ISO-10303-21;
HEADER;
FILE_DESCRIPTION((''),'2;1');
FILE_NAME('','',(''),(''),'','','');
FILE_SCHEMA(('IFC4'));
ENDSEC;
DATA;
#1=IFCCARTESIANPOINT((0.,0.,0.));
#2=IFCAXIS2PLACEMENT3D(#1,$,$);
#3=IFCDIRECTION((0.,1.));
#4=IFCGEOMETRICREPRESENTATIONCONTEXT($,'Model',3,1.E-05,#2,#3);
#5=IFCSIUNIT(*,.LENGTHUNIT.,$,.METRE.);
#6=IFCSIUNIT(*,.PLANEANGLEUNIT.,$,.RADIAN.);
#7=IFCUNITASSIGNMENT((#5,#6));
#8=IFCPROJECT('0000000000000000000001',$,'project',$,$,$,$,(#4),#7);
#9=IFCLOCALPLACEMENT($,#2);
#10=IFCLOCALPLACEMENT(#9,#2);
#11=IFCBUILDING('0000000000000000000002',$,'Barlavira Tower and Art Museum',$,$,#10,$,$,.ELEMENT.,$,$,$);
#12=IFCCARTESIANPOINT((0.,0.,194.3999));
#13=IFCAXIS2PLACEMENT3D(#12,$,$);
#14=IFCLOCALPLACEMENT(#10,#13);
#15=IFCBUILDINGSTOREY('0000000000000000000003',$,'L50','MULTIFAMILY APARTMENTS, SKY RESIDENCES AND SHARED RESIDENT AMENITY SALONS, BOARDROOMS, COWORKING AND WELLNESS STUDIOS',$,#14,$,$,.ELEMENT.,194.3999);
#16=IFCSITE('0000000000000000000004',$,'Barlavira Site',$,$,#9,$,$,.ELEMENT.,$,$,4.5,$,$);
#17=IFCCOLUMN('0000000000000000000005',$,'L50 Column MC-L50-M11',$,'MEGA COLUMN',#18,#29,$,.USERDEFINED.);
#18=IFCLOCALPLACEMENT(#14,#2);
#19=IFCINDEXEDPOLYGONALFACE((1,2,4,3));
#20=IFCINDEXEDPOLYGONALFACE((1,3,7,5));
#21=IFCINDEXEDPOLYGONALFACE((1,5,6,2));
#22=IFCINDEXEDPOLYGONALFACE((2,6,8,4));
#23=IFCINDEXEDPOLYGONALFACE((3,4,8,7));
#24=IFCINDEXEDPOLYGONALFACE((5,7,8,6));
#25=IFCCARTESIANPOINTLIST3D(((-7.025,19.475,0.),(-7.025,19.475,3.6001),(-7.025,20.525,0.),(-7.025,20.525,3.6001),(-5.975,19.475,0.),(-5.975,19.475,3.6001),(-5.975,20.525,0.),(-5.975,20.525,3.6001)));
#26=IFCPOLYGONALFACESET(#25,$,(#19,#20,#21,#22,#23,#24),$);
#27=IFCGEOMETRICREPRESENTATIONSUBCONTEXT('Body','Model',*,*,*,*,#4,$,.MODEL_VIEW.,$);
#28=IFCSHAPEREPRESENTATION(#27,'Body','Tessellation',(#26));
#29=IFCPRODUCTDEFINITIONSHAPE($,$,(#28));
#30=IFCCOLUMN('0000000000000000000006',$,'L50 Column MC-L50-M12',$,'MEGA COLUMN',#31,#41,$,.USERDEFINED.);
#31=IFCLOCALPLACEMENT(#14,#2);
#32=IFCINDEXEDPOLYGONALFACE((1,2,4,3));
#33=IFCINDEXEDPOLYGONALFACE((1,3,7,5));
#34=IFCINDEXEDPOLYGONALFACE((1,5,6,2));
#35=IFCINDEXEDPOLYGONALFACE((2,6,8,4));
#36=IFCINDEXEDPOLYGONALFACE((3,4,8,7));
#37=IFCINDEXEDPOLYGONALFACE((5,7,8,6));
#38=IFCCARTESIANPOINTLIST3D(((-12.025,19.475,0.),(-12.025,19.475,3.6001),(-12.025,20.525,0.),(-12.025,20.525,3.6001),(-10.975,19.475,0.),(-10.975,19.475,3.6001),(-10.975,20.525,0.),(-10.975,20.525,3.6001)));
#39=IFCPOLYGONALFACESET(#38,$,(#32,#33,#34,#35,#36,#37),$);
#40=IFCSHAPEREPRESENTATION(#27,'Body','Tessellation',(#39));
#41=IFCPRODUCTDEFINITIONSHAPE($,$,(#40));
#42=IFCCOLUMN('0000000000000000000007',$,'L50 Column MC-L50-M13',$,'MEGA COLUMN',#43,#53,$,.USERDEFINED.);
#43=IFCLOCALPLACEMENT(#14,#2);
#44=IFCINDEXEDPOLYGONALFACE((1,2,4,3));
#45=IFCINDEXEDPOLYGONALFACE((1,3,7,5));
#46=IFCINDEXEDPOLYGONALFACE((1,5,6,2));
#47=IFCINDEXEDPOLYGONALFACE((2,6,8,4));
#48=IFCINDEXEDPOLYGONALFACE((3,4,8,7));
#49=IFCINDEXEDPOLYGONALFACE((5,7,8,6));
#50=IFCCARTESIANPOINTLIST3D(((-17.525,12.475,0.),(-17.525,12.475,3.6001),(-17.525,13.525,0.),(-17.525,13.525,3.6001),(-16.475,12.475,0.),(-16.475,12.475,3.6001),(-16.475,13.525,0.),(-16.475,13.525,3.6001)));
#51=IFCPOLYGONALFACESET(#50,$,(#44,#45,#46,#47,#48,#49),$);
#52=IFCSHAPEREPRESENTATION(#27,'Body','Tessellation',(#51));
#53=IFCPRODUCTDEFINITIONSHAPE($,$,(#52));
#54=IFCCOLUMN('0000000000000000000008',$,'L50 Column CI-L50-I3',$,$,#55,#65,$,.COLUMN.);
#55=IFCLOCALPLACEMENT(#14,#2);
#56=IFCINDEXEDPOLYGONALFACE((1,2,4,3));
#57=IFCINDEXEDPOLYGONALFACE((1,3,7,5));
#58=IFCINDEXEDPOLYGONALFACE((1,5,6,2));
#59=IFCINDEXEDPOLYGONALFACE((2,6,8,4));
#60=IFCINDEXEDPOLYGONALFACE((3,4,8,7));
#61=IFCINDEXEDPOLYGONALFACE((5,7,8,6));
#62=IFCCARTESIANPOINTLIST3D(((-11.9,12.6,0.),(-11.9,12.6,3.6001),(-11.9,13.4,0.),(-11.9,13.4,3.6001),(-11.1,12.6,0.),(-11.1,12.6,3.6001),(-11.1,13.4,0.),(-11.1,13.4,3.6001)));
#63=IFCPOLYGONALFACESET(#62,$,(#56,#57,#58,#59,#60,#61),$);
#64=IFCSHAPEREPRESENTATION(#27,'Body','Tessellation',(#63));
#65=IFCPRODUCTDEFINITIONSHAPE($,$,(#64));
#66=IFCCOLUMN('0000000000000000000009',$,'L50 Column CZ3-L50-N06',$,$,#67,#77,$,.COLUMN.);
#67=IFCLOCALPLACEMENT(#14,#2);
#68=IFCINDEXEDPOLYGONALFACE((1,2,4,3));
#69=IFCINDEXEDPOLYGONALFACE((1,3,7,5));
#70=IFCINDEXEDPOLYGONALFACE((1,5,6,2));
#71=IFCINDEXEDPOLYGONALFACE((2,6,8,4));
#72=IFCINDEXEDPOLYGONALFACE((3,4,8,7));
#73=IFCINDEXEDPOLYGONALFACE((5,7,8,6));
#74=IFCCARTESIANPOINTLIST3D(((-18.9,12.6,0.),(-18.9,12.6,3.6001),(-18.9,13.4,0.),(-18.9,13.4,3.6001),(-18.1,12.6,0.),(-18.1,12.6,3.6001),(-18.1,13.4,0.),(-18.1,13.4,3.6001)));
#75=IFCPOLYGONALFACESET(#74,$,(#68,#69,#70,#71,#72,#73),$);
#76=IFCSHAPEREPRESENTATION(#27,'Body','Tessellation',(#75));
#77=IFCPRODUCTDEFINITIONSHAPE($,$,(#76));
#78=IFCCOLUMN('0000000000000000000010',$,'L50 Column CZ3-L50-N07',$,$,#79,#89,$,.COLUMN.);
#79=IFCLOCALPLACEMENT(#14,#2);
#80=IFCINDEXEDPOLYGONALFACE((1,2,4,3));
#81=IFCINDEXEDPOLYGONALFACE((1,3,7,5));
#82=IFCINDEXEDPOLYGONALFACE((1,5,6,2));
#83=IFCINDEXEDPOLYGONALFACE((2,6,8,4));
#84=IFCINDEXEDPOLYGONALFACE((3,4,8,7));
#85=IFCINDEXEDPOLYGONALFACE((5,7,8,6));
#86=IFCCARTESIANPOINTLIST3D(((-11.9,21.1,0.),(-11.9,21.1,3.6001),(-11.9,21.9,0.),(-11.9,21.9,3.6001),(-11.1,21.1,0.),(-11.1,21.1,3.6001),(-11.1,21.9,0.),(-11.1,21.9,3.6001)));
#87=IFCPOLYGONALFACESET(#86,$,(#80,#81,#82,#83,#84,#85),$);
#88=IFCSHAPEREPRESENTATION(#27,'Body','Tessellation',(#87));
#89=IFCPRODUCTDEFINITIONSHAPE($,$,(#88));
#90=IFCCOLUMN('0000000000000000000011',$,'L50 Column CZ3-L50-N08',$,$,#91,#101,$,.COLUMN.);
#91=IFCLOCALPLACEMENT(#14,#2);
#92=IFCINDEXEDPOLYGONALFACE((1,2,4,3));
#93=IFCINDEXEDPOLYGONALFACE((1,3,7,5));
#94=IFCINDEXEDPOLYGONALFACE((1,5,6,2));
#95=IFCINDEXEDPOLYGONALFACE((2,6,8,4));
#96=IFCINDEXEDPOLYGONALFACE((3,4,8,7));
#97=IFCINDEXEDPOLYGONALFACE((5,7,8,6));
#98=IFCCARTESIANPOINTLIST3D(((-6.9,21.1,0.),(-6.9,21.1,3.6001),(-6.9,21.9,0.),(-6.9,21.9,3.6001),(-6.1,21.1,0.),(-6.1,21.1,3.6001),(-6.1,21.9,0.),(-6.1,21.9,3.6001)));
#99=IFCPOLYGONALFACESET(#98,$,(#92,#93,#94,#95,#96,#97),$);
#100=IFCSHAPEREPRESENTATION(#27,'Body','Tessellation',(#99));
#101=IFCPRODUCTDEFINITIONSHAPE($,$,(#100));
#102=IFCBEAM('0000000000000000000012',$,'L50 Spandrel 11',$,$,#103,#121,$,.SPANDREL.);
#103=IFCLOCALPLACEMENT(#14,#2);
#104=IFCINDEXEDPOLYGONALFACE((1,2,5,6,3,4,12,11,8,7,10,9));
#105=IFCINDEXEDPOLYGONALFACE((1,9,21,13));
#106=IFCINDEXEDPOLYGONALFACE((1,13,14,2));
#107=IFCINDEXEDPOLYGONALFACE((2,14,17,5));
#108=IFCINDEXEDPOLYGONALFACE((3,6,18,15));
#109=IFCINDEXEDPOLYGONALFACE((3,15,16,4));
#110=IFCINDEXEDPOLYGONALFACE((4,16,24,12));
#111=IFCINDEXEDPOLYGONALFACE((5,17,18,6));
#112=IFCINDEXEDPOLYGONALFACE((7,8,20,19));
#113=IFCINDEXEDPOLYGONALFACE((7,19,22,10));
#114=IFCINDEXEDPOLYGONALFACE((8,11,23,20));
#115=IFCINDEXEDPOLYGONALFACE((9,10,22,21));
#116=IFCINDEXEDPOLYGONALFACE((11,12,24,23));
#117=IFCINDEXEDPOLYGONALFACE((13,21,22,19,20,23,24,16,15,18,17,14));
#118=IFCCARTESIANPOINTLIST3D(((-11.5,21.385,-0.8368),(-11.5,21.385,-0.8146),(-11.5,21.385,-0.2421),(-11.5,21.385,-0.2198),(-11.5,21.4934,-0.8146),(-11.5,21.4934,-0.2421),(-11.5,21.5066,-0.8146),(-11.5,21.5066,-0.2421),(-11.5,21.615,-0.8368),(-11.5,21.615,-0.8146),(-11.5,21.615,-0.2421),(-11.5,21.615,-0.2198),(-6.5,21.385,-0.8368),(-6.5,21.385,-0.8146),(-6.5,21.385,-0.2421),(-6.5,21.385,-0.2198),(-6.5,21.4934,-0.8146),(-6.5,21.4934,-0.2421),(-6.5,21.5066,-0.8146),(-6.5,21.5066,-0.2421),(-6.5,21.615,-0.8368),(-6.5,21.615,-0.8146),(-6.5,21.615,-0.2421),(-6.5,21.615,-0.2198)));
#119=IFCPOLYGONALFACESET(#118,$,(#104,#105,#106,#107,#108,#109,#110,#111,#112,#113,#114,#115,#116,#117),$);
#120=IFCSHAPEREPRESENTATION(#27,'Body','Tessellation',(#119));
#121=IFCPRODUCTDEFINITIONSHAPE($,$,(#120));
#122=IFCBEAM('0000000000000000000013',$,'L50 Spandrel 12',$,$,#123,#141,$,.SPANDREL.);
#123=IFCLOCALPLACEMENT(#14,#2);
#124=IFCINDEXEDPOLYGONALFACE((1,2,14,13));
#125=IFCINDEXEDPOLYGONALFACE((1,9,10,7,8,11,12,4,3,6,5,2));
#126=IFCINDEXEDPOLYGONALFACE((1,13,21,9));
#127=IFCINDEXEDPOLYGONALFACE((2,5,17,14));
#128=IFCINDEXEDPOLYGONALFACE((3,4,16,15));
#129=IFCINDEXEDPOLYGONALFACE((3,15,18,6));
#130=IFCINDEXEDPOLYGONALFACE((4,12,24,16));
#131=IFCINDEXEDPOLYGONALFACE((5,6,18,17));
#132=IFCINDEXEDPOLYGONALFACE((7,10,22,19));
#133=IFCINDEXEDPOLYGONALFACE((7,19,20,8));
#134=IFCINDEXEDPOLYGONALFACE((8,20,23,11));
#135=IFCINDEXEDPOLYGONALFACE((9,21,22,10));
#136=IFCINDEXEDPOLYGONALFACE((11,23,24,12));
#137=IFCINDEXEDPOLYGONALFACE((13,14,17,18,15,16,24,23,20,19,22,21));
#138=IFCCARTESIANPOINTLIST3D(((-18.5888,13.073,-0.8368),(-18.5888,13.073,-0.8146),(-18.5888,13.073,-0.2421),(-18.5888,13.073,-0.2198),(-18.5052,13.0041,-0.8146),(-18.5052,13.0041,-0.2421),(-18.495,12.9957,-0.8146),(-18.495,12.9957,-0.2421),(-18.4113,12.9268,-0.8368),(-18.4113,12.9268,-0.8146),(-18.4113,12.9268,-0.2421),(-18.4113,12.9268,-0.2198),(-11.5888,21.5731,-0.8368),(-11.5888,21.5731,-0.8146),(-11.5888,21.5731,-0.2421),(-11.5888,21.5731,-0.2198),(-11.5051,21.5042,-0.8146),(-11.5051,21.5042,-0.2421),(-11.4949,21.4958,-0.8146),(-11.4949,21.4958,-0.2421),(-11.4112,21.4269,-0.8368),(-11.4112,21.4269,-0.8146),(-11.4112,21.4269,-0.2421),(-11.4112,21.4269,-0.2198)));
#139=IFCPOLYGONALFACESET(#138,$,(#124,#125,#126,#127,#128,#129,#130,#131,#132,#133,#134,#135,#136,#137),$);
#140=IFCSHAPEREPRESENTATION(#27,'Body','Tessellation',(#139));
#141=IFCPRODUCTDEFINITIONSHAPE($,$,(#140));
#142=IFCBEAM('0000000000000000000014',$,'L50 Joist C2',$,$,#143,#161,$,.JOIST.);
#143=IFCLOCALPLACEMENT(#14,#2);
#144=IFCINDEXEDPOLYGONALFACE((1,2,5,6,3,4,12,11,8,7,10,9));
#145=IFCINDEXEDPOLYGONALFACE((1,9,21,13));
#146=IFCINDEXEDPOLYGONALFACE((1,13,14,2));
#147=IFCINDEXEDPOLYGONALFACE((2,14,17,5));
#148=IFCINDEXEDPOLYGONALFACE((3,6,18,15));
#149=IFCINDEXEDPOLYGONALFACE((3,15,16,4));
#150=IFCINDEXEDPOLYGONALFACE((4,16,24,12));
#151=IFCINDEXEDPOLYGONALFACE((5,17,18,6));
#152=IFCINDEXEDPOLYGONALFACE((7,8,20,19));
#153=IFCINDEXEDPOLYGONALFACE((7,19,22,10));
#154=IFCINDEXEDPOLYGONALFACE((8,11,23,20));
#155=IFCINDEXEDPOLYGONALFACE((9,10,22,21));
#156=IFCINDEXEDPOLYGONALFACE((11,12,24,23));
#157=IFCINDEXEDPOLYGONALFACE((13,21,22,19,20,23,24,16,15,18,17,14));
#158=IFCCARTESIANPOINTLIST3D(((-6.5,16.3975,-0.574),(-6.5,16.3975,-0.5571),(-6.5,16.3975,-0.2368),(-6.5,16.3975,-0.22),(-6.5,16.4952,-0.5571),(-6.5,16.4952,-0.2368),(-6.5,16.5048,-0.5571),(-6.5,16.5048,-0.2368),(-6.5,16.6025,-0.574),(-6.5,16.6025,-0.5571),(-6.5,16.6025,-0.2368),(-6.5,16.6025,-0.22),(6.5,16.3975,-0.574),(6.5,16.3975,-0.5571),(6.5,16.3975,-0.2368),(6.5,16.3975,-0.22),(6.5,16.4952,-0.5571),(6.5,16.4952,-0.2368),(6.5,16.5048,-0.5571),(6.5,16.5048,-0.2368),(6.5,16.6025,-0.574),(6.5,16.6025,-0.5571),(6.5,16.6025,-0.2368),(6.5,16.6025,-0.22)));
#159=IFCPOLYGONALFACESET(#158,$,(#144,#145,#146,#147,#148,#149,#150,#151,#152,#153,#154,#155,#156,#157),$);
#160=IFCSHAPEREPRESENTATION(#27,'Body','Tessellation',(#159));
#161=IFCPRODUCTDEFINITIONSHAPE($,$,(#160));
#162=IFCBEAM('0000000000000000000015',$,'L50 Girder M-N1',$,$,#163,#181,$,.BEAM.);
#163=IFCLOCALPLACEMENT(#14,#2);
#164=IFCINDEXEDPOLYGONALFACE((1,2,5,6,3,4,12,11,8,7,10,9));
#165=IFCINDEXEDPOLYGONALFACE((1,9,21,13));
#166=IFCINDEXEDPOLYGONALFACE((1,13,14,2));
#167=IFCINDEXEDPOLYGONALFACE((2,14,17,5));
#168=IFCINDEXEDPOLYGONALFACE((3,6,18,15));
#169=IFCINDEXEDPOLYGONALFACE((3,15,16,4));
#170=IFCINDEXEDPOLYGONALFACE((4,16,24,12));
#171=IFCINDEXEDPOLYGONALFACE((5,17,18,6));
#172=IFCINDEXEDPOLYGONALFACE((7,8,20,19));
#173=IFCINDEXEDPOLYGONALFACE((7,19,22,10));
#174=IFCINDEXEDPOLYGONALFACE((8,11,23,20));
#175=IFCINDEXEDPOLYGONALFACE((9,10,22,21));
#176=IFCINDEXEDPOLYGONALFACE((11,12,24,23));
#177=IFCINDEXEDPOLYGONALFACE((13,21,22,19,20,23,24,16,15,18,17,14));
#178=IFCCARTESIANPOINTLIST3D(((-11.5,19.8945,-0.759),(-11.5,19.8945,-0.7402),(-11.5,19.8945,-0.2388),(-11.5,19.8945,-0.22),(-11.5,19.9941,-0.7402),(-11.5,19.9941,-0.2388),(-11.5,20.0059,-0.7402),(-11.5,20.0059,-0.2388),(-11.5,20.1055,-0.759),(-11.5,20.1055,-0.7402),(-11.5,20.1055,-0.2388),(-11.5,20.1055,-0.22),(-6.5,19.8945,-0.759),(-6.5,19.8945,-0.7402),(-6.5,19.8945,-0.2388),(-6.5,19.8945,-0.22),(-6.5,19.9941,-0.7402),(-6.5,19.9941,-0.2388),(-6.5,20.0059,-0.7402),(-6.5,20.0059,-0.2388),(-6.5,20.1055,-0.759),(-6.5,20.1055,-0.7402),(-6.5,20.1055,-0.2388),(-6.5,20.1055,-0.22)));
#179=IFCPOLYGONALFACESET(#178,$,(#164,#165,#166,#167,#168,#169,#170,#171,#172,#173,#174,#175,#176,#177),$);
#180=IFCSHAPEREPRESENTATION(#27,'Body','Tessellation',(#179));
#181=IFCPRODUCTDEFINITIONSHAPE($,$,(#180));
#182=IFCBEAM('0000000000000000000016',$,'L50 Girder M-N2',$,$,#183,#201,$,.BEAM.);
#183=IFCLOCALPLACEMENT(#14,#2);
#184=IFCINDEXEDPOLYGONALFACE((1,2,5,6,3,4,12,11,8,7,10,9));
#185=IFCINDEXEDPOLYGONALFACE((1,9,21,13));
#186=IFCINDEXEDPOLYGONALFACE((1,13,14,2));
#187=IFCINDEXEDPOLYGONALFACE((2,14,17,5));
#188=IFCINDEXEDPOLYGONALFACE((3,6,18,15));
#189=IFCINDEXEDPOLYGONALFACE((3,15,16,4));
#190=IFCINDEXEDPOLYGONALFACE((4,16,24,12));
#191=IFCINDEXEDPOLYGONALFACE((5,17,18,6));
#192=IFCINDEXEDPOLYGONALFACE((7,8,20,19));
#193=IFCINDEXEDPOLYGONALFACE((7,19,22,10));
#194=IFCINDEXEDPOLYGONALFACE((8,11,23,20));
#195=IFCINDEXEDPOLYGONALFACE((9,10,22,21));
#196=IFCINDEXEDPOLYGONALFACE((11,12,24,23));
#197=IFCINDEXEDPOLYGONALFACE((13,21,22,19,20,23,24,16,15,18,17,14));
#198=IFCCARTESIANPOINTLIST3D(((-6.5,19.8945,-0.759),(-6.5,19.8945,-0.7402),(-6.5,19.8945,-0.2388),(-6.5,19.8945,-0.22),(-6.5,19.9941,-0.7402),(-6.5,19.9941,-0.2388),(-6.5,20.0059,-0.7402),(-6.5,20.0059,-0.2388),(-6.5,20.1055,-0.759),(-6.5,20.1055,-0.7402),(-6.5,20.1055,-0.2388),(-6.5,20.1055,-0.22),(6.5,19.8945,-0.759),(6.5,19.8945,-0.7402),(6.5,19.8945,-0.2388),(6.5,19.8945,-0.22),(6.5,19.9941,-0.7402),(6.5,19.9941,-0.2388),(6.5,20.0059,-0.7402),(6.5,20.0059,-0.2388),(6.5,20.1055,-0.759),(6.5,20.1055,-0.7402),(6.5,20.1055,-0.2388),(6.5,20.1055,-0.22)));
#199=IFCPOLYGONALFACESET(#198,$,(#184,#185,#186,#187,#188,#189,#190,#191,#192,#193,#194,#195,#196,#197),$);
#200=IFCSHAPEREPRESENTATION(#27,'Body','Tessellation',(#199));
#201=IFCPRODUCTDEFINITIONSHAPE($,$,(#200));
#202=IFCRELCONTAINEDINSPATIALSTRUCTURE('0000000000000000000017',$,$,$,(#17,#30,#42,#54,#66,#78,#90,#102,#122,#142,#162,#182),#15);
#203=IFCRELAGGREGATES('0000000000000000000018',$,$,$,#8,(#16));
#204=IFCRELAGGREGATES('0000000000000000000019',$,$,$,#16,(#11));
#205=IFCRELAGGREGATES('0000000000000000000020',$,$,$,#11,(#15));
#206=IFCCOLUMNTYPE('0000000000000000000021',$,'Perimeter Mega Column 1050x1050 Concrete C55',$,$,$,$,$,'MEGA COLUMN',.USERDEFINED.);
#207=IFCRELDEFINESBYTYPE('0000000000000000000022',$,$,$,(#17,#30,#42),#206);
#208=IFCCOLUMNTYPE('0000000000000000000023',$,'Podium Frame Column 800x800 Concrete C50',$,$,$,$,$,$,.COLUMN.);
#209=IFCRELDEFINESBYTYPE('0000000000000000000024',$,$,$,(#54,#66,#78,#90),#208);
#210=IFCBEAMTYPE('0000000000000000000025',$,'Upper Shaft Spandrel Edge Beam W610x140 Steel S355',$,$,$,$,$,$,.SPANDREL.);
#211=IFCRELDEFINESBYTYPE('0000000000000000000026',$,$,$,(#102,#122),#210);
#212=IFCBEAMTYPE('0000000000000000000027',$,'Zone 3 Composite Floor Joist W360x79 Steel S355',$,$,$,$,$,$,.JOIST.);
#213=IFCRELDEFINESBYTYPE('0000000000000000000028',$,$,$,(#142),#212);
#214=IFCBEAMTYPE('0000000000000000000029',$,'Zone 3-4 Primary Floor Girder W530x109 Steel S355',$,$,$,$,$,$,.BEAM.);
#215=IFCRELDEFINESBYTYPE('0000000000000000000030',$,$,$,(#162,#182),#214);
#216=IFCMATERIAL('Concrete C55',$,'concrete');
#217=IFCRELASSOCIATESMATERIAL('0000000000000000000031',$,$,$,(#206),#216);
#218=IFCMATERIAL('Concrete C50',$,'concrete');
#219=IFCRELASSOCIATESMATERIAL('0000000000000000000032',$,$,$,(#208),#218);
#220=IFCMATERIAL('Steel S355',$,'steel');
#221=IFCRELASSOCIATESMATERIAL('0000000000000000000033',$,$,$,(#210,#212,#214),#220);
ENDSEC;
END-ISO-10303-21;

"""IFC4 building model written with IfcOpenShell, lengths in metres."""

from ifc_helpers import new_model, si_unit, direction, frame, origin, origin_2d, place, context, subcontext, project, spatial, rectangle, i_section, extrude, material, material_profile, profile_set, type_object, element, save


model = new_model("IFC4")

# Units and contexts
model_context = context("Model", 3, precision=1e-05, world=origin(), true_north=direction((0.0, 1.0)))
body_context = subcontext(model_context, "Body", "Model", "MODEL_VIEW")
ifc_project = project(units=[si_unit("LENGTHUNIT", "METRE"), si_unit("PLANEANGLEUNIT", "RADIAN")], contexts=[model_context])

# Site, building, storey
site_placement = place(None, origin())
site = spatial("IfcSite", under=ifc_project, at=site_placement, Name="Barlavira Site", CompositionType="ELEMENT", RefElevation=4.5)
building_placement = place(site_placement, origin())
building = spatial("IfcBuilding", under=site, at=building_placement, Name="Barlavira Tower and Art Museum", CompositionType="ELEMENT")
storey_placement = place(building_placement, frame((0.0, 0.0, 194.3999)))
storey = spatial("IfcBuildingStorey", under=building, at=storey_placement, Name="L50", Description="MULTIFAMILY APARTMENTS, SKY RESIDENCES AND SHARED RESIDENT AMENITY SALONS, BOARDROOMS, COWORKING AND WELLNESS STUDIOS", CompositionType="ELEMENT", Elevation=194.3999)

# Columns
ifc_material_1 = material(Name="Concrete C55", Category="concrete")
ifc_material_profile_1 = material_profile(ifc_material_1, rectangle(XDim=1.05, YDim=1.05, at=origin_2d()), Name="RC-COL 1050x1050")
ifc_profile_set_1 = profile_set([ifc_material_profile_1], Name="Concrete C55")
column_type_1 = type_object("IfcColumnType", Name="Perimeter Mega Column 1050x1050 Concrete C55", ElementType="MEGA COLUMN", PredefinedType="USERDEFINED", material=ifc_profile_set_1)
for number, where, z_axis, x_axis, name in (
    (1, (-6.5, 20.0, 0.0), (0.0, 0.0, 1.0), (1.0, 0.0, 0.0), "L50 Column MC-L50-M11"),
    (2, (-11.5, 20.0, 0.0), (0.0, 0.0, 1.0), (1.0, 0.0, 0.0), "L50 Column MC-L50-M12"),
    (3, (-17.0, 13.0, 0.0), (0.0, 0.0, 1.0), (1.0, 0.0, 0.0), "L50 Column MC-L50-M13"),
):
    element("IfcColumn", number, at=place(storey_placement, frame(where, z_axis=z_axis, x_axis=x_axis)), inside=storey, type_object=column_type_1, Name=name, ObjectType="MEGA COLUMN", PredefinedType="USERDEFINED", context=body_context, shape_type="SweptSolid", body=[
        extrude(rectangle(XDim=1.05, YDim=1.05, at=origin_2d()), origin(), (0.0, 0.0, 1.0), 3.6001),
    ])
ifc_material_2 = material(Name="Concrete C50", Category="concrete")
ifc_material_profile_2 = material_profile(ifc_material_2, rectangle(XDim=0.8, YDim=0.8, at=origin_2d()), Name="RC-COL 800x800")
ifc_profile_set_2 = profile_set([ifc_material_profile_2], Name="Concrete C50")
column_type_2 = type_object("IfcColumnType", Name="Podium Frame Column 800x800 Concrete C50", PredefinedType="COLUMN", material=ifc_profile_set_2)
for number, where, z_axis, x_axis, name in (
    (4, (-11.5, 13.0, 0.0), (0.0, 0.0, 1.0), (1.0, 0.0, 0.0), "L50 Column CI-L50-I3"),
    (5, (-18.5, 13.0, 0.0), (0.0, 0.0, 1.0), (1.0, 0.0, 0.0), "L50 Column CZ3-L50-N06"),
    (6, (-11.5, 21.5, 0.0), (0.0, 0.0, 1.0), (1.0, 0.0, 0.0), "L50 Column CZ3-L50-N07"),
    (7, (-6.5, 21.5, 0.0), (0.0, 0.0, 1.0), (1.0, 0.0, 0.0), "L50 Column CZ3-L50-N08"),
):
    element("IfcColumn", number, at=place(storey_placement, frame(where, z_axis=z_axis, x_axis=x_axis)), inside=storey, type_object=column_type_2, Name=name, PredefinedType="COLUMN", context=body_context, shape_type="SweptSolid", body=[
        extrude(rectangle(XDim=0.8, YDim=0.8, at=origin_2d()), origin(), (0.0, 0.0, 1.0), 3.6001),
    ])

# Beams
ifc_material_3 = material(Name="Steel S355", Category="steel")
ifc_material_profile_3 = material_profile(ifc_material_3, i_section(OverallWidth=0.23, OverallDepth=0.6169, WebThickness=0.0132, FlangeThickness=0.0222, at=origin_2d()), Name="W610x140.0")
ifc_profile_set_3 = profile_set([ifc_material_profile_3], Name="Steel S355")
beam_type_1 = type_object("IfcBeamType", Name="Upper Shaft Spandrel Edge Beam W610x140 Steel S355", PredefinedType="SPANDREL", material=ifc_profile_set_3)
beam_1_placement = place(storey_placement, frame((-11.5, 21.5, -0.5283), z_axis=(1.0, 0.0, 0.0), x_axis=(0.0, 1.0, 0.0)))
element("IfcBeam", 8, at=beam_1_placement, inside=storey, type_object=beam_type_1, Name="L50 Spandrel 11", PredefinedType="SPANDREL", context=body_context, shape_type="SweptSolid", body=[
    extrude(i_section(OverallWidth=0.23, OverallDepth=0.6169, WebThickness=0.0132, FlangeThickness=0.0222, at=origin_2d()), origin(), (0.0, 0.0, 1.0), 5.0),
])
beam_2_placement = place(storey_placement, frame((-11.5, 21.5, -0.5283), z_axis=(-0.635707, -0.77193, 0.0), x_axis=(0.77193, -0.635707, 0.0)))
element("IfcBeam", 9, at=beam_2_placement, inside=storey, type_object=beam_type_1, Name="L50 Spandrel 12", PredefinedType="SPANDREL", context=body_context, shape_type="SweptSolid", body=[
    extrude(i_section(OverallWidth=0.23, OverallDepth=0.6169, WebThickness=0.0132, FlangeThickness=0.0222, at=origin_2d()), origin(), (0.0, 0.0, 1.0), 11.0115),
])
ifc_material_profile_4 = material_profile(ifc_material_3, i_section(OverallWidth=0.2051, OverallDepth=0.354, WebThickness=0.0095, FlangeThickness=0.0168, at=origin_2d()), Name="W360x79.0")
ifc_profile_set_4 = profile_set([ifc_material_profile_4], Name="Steel S355")
beam_type_2 = type_object("IfcBeamType", Name="Zone 3 Composite Floor Joist W360x79 Steel S355", PredefinedType="JOIST", material=ifc_profile_set_4)
beam_3_placement = place(storey_placement, frame((-6.5, 16.5, -0.397), z_axis=(1.0, 0.0, 0.0), x_axis=(0.0, 1.0, 0.0)))
element("IfcBeam", 10, at=beam_3_placement, inside=storey, type_object=beam_type_2, Name="L50 Joist C2", PredefinedType="JOIST", context=body_context, shape_type="SweptSolid", body=[
    extrude(i_section(OverallWidth=0.2051, OverallDepth=0.354, WebThickness=0.0095, FlangeThickness=0.0168, at=origin_2d()), origin(), (0.0, 0.0, 1.0), 13.0),
])
ifc_material_profile_5 = material_profile(ifc_material_3, i_section(OverallWidth=0.2109, OverallDepth=0.5391, WebThickness=0.0117, FlangeThickness=0.0188, at=origin_2d()), Name="W530x109.0")
ifc_profile_set_5 = profile_set([ifc_material_profile_5], Name="Steel S355")
beam_type_3 = type_object("IfcBeamType", Name="Zone 3-4 Primary Floor Girder W530x109 Steel S355", PredefinedType="BEAM", material=ifc_profile_set_5)
beam_4_placement = place(storey_placement, frame((-11.5, 20.0, -0.4895), z_axis=(1.0, 0.0, 0.0), x_axis=(0.0, 1.0, 0.0)))
element("IfcBeam", 11, at=beam_4_placement, inside=storey, type_object=beam_type_3, Name="L50 Girder M-N1", PredefinedType="BEAM", context=body_context, shape_type="SweptSolid", body=[
    extrude(i_section(OverallWidth=0.2109, OverallDepth=0.5391, WebThickness=0.0117, FlangeThickness=0.0188, at=origin_2d()), origin(), (0.0, 0.0, 1.0), 5.0),
])
beam_5_placement = place(storey_placement, frame((-6.5, 20.0, -0.4895), z_axis=(1.0, 0.0, 0.0), x_axis=(0.0, 1.0, 0.0)))
element("IfcBeam", 12, at=beam_5_placement, inside=storey, type_object=beam_type_3, Name="L50 Girder M-N2", PredefinedType="BEAM", context=body_context, shape_type="SweptSolid", body=[
    extrude(i_section(OverallWidth=0.2109, OverallDepth=0.5391, WebThickness=0.0117, FlangeThickness=0.0188, at=origin_2d()), origin(), (0.0, 0.0, 1.0), 13.0),
])

save(model, "model.ifc")
